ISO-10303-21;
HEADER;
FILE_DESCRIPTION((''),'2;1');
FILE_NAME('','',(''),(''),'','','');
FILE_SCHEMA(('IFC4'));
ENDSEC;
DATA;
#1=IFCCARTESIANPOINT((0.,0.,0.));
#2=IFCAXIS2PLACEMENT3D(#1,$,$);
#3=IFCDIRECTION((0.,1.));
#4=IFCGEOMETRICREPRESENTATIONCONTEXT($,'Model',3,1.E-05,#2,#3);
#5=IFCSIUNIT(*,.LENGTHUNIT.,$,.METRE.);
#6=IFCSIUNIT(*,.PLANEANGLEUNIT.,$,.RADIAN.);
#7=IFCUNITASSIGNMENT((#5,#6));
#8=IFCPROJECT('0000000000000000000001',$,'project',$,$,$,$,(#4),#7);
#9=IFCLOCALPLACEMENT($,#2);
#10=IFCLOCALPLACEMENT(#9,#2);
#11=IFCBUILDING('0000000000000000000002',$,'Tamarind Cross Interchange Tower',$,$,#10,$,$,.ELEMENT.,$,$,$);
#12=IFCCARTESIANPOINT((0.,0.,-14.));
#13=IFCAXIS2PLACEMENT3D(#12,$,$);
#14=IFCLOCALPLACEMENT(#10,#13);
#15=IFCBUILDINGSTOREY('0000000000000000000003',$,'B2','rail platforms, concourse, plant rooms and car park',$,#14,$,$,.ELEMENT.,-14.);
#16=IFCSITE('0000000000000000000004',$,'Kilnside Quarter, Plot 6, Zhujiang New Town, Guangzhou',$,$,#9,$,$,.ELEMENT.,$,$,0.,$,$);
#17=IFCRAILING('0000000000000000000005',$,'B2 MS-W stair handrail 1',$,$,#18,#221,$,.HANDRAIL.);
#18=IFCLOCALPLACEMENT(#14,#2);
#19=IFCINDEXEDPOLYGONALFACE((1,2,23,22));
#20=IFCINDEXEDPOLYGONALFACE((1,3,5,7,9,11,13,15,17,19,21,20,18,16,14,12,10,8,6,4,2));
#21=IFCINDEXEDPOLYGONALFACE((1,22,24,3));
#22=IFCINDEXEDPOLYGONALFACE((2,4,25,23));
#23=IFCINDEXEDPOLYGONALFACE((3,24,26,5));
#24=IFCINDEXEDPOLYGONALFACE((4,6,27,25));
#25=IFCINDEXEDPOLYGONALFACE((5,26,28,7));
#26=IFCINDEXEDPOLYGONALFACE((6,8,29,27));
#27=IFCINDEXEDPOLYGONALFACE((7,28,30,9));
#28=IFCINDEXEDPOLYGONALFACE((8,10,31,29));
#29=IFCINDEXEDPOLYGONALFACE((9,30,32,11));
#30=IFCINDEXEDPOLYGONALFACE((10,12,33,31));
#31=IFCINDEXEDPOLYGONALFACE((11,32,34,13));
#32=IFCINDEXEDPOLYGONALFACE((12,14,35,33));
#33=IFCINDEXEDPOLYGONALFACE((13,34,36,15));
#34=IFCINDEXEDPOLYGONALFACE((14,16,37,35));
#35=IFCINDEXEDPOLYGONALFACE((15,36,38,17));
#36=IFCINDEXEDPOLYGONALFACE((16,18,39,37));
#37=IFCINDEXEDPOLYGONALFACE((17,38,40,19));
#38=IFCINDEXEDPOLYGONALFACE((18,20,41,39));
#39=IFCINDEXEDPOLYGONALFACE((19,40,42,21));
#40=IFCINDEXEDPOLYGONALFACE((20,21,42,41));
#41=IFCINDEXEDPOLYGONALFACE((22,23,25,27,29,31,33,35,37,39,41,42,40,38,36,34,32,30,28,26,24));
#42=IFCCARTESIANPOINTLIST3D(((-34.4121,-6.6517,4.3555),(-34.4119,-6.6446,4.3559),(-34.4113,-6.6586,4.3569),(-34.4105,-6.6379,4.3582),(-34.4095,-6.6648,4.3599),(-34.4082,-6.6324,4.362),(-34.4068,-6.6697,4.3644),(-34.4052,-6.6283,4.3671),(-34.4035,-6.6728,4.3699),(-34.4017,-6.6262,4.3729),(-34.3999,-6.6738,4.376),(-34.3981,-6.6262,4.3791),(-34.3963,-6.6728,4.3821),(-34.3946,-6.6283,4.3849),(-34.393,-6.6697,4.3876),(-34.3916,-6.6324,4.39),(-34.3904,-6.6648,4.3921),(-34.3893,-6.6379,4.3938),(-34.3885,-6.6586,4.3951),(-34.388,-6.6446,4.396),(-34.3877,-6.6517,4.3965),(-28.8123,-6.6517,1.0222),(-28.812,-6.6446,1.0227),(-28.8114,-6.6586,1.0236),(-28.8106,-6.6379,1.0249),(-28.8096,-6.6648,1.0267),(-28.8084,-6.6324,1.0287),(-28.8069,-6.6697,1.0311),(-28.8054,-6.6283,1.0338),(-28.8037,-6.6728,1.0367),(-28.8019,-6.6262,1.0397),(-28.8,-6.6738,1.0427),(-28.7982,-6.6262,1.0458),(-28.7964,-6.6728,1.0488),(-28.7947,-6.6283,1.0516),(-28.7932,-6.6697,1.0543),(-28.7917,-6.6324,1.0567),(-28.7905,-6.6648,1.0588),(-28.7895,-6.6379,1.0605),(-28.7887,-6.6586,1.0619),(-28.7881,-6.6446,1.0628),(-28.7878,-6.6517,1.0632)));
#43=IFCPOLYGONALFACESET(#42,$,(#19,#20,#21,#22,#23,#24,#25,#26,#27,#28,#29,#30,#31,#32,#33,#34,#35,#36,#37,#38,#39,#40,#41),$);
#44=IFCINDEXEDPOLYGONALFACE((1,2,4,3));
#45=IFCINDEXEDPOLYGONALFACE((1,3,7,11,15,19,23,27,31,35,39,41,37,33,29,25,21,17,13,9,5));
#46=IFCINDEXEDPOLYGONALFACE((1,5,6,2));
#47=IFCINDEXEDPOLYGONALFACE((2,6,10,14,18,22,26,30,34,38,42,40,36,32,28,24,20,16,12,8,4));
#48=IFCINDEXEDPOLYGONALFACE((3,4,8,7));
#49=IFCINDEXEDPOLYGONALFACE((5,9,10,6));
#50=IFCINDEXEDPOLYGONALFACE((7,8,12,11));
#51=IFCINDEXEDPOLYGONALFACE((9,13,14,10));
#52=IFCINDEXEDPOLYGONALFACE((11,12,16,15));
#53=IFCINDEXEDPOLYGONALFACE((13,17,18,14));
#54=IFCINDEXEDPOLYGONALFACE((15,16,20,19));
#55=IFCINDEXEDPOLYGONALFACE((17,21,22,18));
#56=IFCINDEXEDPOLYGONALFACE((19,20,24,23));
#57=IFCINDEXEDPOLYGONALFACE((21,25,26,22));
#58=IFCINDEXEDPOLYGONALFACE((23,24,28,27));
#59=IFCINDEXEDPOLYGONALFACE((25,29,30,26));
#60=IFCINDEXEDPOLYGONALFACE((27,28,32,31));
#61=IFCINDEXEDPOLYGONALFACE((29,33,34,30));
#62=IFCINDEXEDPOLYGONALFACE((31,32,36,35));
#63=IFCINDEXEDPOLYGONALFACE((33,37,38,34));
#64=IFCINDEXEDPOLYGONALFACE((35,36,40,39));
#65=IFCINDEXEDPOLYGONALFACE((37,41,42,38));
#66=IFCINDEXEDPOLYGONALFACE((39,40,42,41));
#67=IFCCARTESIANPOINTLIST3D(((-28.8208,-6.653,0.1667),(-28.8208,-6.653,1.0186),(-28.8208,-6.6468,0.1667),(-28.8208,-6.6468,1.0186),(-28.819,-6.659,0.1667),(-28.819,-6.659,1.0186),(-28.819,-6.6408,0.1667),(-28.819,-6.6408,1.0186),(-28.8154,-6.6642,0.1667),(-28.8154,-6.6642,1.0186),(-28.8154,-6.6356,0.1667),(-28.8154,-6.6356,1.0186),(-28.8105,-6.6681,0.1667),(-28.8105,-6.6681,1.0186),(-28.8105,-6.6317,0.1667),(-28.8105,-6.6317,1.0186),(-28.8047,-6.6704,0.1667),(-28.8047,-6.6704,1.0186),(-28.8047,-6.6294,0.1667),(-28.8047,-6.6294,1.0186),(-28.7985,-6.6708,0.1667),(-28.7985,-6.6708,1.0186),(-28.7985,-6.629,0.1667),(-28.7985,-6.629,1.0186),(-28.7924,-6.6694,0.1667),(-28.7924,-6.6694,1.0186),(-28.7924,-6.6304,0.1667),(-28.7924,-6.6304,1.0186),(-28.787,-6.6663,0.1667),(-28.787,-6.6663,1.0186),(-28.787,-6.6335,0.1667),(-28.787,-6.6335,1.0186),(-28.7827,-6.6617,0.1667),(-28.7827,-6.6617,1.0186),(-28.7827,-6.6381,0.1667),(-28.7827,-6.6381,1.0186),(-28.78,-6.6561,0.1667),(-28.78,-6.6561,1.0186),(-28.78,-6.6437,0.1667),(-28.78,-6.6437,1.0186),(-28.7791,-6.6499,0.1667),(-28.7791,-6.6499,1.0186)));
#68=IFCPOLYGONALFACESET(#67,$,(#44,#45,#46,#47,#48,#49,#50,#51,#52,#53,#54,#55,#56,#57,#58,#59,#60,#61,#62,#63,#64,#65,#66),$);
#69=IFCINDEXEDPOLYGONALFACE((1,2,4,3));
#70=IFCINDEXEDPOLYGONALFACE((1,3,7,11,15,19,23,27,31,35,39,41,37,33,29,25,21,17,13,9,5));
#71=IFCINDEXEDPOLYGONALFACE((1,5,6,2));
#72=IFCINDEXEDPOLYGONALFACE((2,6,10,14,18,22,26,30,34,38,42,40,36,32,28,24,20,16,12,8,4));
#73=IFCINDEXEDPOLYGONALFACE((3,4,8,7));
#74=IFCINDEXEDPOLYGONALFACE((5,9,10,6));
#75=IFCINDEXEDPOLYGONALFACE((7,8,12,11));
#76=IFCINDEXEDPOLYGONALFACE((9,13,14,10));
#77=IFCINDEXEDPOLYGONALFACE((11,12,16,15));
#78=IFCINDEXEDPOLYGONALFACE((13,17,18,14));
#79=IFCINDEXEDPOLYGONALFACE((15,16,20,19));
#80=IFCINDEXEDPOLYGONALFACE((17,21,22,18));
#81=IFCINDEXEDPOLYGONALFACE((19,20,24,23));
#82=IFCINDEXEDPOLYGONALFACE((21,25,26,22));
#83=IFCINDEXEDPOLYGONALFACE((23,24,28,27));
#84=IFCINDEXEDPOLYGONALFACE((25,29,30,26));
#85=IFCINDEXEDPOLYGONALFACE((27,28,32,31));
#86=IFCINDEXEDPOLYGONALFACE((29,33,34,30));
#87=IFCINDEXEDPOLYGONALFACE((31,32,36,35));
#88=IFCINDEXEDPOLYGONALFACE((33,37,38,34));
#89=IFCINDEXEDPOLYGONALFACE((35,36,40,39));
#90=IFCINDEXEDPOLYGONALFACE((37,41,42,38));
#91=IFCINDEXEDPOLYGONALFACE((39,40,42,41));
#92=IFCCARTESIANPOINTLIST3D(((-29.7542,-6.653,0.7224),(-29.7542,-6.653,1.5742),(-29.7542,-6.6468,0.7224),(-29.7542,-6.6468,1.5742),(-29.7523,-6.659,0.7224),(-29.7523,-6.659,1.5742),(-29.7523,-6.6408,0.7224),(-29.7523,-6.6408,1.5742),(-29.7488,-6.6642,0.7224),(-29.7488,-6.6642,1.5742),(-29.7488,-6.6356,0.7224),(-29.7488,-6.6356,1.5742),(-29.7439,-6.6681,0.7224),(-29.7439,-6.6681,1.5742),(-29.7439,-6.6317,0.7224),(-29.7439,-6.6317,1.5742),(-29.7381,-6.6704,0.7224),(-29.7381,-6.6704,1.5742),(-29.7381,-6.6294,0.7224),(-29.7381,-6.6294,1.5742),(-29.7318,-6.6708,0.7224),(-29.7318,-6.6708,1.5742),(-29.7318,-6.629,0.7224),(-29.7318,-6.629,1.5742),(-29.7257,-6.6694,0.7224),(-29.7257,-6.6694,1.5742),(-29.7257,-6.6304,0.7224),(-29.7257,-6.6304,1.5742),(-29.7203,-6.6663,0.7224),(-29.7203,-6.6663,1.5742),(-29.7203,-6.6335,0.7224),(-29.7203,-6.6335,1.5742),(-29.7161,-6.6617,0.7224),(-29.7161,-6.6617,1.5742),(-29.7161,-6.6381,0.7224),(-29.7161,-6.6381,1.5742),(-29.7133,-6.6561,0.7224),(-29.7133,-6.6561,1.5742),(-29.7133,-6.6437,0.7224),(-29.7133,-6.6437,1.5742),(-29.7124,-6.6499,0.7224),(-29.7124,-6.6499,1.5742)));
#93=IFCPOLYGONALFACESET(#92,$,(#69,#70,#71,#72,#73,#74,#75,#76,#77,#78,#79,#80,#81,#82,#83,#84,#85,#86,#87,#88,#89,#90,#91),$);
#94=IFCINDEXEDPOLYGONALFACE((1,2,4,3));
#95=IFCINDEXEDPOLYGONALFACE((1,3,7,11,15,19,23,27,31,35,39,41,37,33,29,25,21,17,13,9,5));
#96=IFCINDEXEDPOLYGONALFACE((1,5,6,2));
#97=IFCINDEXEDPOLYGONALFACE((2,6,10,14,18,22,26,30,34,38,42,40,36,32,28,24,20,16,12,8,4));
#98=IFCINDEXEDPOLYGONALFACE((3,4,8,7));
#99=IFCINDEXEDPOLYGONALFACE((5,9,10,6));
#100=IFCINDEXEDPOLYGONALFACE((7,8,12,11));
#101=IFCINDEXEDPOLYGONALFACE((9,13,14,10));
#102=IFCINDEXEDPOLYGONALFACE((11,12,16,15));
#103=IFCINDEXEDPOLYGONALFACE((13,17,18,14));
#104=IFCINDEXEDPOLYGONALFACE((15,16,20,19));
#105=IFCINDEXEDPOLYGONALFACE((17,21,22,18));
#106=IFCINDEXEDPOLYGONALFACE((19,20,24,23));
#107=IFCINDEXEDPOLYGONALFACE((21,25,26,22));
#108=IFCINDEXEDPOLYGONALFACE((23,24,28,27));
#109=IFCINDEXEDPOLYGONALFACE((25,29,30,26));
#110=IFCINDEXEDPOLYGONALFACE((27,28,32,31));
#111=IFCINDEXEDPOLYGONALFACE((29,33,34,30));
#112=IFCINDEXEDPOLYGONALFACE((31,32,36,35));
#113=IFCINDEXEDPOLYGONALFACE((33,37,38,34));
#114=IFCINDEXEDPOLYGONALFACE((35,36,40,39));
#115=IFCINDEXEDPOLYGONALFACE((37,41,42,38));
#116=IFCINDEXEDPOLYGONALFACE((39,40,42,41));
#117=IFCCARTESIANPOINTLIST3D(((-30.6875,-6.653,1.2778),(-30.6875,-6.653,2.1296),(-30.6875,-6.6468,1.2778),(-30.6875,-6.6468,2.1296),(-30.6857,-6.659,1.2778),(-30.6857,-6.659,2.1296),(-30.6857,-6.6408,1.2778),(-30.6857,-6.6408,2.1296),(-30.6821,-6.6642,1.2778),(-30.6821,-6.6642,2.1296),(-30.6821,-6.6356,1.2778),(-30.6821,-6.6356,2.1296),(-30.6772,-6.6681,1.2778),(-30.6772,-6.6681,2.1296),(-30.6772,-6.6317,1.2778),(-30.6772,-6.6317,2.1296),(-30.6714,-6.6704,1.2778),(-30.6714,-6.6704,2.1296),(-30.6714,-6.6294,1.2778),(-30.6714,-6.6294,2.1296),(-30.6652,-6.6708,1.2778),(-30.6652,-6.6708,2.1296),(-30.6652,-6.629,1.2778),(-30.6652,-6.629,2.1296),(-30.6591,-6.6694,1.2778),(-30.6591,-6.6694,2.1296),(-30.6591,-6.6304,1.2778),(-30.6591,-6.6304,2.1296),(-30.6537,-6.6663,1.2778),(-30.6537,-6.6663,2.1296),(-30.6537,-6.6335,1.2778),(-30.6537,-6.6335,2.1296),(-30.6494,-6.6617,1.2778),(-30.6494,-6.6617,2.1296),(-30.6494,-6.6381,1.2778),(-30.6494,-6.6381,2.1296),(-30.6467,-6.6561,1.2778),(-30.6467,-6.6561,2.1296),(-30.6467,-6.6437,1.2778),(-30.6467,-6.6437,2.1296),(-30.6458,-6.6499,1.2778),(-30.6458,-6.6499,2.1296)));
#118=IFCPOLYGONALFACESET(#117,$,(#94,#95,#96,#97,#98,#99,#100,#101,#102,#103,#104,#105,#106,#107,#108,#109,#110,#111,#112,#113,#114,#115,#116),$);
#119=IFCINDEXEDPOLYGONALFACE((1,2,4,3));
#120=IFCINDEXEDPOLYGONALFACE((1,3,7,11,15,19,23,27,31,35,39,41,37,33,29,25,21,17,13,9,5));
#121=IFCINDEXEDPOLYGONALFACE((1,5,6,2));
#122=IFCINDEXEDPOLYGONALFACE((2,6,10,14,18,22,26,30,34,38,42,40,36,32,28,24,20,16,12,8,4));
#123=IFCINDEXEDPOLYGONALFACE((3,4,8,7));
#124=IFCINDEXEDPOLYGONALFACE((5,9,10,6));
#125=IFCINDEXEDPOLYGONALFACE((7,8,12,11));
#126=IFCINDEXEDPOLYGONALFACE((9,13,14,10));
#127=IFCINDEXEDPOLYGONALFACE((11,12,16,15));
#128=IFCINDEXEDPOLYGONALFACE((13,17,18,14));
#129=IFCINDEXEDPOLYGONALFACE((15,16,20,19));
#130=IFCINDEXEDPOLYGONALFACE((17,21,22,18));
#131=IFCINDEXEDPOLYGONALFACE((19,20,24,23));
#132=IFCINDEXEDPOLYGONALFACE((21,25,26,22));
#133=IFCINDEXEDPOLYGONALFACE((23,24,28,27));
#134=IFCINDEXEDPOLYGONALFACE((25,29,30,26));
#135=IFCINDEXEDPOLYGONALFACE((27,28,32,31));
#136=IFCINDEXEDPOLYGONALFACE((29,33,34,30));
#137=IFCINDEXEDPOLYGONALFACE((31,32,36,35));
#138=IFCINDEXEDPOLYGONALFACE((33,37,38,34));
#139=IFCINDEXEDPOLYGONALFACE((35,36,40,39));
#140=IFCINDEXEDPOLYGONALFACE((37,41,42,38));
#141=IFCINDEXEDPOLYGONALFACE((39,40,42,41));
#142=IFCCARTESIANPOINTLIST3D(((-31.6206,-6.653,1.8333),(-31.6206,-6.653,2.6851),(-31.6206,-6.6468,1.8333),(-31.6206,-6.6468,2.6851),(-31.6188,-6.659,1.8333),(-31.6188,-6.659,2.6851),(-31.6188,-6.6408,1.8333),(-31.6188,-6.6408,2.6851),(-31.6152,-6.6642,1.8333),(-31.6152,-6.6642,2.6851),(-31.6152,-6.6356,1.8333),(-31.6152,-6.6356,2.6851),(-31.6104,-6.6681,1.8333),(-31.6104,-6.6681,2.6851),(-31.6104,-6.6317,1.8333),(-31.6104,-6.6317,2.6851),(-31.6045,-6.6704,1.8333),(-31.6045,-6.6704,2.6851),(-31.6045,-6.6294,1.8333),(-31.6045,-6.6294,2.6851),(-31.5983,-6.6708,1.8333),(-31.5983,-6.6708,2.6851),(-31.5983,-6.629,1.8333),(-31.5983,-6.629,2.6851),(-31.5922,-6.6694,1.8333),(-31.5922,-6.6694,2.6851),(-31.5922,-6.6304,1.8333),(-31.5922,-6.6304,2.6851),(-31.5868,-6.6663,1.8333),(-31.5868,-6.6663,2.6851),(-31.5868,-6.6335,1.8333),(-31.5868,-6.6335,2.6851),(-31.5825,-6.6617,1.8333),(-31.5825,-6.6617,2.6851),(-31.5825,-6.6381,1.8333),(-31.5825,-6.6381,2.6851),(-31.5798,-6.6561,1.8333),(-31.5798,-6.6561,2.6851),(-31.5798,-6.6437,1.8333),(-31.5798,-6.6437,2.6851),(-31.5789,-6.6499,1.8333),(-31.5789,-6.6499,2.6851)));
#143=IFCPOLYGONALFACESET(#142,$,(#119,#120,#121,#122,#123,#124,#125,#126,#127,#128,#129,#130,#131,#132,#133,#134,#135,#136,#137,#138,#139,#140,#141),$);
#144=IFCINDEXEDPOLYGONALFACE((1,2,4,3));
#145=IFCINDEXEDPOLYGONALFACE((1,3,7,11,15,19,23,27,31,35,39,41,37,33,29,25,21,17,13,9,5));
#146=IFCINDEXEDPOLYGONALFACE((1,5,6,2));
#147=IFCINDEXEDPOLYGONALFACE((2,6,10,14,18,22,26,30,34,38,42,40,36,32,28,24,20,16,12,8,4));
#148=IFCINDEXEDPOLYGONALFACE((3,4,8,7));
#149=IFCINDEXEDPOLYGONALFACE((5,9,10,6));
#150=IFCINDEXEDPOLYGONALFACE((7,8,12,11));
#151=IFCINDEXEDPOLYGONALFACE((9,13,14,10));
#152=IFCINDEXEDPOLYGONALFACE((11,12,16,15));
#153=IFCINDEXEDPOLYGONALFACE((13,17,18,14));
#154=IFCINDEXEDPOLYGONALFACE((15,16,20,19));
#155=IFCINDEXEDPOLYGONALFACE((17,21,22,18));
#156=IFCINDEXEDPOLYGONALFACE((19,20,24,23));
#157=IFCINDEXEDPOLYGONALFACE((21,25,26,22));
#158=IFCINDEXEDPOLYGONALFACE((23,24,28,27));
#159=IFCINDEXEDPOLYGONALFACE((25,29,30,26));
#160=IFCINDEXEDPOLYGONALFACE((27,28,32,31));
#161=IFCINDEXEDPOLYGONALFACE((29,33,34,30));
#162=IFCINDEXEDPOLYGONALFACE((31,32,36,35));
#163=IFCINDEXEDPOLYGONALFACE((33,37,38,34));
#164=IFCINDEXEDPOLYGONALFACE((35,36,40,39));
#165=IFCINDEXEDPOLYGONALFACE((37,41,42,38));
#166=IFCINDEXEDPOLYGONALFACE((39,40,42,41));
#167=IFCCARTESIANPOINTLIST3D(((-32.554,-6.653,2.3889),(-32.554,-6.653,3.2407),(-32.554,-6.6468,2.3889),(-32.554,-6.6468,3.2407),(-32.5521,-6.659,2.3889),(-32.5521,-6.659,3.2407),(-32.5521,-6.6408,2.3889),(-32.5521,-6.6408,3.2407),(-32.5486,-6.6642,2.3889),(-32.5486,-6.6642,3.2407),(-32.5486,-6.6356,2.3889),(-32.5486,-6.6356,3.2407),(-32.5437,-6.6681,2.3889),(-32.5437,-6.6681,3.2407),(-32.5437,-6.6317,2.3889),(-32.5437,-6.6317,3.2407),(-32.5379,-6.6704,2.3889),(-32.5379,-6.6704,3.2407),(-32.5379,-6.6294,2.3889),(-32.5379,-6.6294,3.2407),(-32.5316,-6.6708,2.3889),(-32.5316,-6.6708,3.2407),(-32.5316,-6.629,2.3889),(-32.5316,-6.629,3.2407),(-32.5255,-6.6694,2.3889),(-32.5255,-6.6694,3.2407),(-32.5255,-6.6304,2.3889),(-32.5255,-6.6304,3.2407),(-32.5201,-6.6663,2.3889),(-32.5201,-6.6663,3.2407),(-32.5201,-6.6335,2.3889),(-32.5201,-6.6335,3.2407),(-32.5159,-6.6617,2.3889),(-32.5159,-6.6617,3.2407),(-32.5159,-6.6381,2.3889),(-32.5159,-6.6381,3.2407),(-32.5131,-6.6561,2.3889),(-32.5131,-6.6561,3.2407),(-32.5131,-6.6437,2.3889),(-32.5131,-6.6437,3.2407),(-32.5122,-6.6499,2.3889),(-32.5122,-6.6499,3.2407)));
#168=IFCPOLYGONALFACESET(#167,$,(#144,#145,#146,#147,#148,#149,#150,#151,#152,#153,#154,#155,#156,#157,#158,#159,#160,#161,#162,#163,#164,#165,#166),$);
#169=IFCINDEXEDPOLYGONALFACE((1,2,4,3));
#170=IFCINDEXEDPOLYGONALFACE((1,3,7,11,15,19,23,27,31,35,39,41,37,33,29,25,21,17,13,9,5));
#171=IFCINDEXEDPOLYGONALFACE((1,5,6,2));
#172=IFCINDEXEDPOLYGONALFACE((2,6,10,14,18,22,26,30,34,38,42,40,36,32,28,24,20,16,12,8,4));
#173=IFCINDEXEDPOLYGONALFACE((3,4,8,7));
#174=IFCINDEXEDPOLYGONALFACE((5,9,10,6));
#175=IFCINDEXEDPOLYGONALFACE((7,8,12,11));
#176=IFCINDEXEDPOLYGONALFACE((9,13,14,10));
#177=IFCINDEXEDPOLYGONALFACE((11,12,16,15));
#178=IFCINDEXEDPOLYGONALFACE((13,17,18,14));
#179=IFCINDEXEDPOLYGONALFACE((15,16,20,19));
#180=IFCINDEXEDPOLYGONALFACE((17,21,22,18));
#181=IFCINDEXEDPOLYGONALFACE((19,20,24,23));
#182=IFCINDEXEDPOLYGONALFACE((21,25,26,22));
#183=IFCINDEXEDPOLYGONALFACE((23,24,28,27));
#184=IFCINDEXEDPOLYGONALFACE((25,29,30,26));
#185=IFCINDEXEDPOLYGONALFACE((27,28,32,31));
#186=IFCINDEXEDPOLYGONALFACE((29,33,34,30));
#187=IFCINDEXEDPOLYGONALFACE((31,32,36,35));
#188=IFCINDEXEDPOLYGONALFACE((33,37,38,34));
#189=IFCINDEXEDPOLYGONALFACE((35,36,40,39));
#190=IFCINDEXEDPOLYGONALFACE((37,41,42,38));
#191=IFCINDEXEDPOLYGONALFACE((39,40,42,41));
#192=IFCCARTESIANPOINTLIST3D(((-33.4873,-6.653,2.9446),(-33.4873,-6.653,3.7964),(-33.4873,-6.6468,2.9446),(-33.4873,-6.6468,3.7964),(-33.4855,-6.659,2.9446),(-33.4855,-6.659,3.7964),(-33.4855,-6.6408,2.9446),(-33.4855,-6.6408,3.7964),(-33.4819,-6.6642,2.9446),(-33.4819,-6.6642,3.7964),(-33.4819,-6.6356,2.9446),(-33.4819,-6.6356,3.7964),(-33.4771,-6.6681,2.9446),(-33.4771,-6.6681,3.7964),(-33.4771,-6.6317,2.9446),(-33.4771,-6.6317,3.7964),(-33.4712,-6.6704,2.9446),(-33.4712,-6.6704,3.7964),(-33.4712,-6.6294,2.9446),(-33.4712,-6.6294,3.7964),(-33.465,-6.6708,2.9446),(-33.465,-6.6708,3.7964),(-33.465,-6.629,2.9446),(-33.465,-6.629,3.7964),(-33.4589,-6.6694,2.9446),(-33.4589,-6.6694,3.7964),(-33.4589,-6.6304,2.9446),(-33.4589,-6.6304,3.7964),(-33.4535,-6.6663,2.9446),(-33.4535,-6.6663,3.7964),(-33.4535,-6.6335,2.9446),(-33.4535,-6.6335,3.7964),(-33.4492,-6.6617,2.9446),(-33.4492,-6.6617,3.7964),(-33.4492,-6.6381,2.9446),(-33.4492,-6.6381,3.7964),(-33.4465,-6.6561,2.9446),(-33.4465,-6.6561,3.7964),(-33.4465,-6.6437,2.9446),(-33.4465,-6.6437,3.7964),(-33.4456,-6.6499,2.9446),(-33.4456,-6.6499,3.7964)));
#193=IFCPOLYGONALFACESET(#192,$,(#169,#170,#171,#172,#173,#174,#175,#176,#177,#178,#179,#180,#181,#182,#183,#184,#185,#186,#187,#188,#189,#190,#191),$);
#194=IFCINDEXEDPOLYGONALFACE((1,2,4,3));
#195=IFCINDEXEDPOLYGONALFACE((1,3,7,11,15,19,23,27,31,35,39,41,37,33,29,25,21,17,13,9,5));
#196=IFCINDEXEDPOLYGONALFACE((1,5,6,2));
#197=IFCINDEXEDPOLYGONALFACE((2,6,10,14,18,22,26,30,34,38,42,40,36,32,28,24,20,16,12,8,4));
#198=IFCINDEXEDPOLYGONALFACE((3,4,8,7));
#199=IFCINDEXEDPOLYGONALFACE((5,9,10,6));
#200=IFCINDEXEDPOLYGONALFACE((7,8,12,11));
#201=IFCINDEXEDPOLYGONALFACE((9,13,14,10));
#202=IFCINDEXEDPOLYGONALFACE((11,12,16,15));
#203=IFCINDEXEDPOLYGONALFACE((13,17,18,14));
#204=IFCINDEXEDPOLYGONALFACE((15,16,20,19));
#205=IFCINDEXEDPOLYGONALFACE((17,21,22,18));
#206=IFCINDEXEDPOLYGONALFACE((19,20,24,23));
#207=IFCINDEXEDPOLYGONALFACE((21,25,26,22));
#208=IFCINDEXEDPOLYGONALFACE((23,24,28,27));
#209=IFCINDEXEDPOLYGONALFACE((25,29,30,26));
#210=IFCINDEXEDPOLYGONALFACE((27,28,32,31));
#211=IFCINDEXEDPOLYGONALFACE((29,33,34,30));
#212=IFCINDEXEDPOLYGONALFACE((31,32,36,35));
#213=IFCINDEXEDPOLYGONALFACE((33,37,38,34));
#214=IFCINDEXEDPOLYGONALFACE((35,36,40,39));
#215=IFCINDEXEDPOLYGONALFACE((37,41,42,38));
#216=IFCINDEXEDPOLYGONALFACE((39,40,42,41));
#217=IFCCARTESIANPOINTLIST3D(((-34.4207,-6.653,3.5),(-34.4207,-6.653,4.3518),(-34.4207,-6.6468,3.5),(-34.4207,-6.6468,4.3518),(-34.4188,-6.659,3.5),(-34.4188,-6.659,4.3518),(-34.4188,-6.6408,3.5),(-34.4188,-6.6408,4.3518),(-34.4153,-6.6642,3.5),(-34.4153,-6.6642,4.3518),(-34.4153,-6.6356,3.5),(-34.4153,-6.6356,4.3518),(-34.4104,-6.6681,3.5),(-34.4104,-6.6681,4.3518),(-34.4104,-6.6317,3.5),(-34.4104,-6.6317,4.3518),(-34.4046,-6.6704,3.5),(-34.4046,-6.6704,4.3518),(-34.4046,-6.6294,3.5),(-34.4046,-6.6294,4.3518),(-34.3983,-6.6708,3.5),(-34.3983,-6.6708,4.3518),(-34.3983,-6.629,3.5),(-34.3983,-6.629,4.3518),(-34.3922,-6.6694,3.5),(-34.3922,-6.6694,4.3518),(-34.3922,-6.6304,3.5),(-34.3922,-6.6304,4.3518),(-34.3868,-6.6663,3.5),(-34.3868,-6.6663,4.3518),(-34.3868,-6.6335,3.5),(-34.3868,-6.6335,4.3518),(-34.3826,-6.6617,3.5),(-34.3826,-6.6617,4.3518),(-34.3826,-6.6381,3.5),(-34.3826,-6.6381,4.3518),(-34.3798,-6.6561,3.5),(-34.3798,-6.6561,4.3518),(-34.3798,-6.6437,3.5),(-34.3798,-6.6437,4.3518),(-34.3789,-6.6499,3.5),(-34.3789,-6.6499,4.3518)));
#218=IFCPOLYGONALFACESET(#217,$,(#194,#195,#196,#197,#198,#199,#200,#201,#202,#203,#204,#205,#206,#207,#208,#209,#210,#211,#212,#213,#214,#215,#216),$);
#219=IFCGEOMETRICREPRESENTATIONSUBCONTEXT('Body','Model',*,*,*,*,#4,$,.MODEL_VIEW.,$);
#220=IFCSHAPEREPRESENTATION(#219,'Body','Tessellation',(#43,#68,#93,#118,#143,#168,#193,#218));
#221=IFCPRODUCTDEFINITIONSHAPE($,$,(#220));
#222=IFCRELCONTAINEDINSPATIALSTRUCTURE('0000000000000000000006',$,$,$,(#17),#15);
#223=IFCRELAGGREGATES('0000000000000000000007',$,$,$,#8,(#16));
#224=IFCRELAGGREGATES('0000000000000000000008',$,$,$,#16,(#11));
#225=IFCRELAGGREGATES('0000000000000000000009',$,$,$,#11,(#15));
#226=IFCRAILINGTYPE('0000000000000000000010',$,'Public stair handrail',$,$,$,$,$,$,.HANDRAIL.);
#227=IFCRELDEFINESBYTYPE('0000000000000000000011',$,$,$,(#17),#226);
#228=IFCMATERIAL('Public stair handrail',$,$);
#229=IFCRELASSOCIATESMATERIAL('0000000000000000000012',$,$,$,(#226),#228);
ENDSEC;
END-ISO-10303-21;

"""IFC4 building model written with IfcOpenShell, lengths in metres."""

from ifc_helpers import new_model, si_unit, direction, frame, origin, origin_2d, place, context, subcontext, project, spatial, circle, extrude, material, type_object, element, save


model = new_model("IFC4")

# Units and contexts
model_context = context("Model", 3, precision=1e-05, world=origin(), true_north=direction((0.0, 1.0)))
body_context = subcontext(model_context, "Body", "Model", "MODEL_VIEW")
ifc_project = project(units=[si_unit("LENGTHUNIT", "METRE"), si_unit("PLANEANGLEUNIT", "RADIAN")], contexts=[model_context])

# Site, building, storey
site_placement = place(None, origin())
site = spatial("IfcSite", under=ifc_project, at=site_placement, Name="Kilnside Quarter, Plot 6, Zhujiang New Town, Guangzhou", CompositionType="ELEMENT", RefElevation=0.0)
building_placement = place(site_placement, origin())
building = spatial("IfcBuilding", under=site, at=building_placement, Name="Tamarind Cross Interchange Tower", CompositionType="ELEMENT")
storey_placement = place(building_placement, frame((0.0, 0.0, -14.0)))
storey = spatial("IfcBuildingStorey", under=building, at=storey_placement, Name="B2", Description="rail platforms, concourse, plant rooms and car park", CompositionType="ELEMENT", Elevation=-14.0)

# Railing
ifc_material_1 = material(Name="Public stair handrail")
railing_type_1 = type_object("IfcRailingType", Name="Public stair handrail", PredefinedType="HANDRAIL", material=ifc_material_1)
railing_1_placement = place(storey_placement, frame((-28.8, -6.6499, 0.1667)))
element("IfcRailing", 1, at=railing_1_placement, inside=storey, type_object=railing_type_1, Name="B2 MS-W stair handrail 1", PredefinedType="HANDRAIL", context=body_context, shape_type="SweptSolid", body=[
    extrude(circle(Radius=0.0239, at=origin_2d()), frame((0.0, 0.0, 0.876), z_axis=(-0.859292, 0.0, 0.511485), x_axis=(0.0, -1.0, 0.0)), (0.0, 0.0, 1.0), 6.5168),
    extrude(circle(Radius=0.021, at=origin_2d()), origin(), (0.0, 0.0, 1.0), 0.8518),
    extrude(circle(Radius=0.021, at=origin_2d()), frame((-0.9333, 0.0, 0.5557)), (0.0, 0.0, 1.0), 0.8518),
    extrude(circle(Radius=0.021, at=origin_2d()), frame((-1.8667, 0.0, 1.1111)), (0.0, 0.0, 1.0), 0.8518),
    extrude(circle(Radius=0.021, at=origin_2d()), frame((-2.7998, 0.0, 1.6665)), (0.0, 0.0, 1.0), 0.8518),
    extrude(circle(Radius=0.021, at=origin_2d()), frame((-3.7332, 0.0, 2.2222)), (0.0, 0.0, 1.0), 0.8518),
    extrude(circle(Radius=0.021, at=origin_2d()), frame((-4.6665, 0.0, 2.7778)), (0.0, 0.0, 1.0), 0.8518),
    extrude(circle(Radius=0.021, at=origin_2d()), frame((-5.5999, 0.0, 3.3333)), (0.0, 0.0, 1.0), 0.8518),
])

save(model, "model.ifc")
